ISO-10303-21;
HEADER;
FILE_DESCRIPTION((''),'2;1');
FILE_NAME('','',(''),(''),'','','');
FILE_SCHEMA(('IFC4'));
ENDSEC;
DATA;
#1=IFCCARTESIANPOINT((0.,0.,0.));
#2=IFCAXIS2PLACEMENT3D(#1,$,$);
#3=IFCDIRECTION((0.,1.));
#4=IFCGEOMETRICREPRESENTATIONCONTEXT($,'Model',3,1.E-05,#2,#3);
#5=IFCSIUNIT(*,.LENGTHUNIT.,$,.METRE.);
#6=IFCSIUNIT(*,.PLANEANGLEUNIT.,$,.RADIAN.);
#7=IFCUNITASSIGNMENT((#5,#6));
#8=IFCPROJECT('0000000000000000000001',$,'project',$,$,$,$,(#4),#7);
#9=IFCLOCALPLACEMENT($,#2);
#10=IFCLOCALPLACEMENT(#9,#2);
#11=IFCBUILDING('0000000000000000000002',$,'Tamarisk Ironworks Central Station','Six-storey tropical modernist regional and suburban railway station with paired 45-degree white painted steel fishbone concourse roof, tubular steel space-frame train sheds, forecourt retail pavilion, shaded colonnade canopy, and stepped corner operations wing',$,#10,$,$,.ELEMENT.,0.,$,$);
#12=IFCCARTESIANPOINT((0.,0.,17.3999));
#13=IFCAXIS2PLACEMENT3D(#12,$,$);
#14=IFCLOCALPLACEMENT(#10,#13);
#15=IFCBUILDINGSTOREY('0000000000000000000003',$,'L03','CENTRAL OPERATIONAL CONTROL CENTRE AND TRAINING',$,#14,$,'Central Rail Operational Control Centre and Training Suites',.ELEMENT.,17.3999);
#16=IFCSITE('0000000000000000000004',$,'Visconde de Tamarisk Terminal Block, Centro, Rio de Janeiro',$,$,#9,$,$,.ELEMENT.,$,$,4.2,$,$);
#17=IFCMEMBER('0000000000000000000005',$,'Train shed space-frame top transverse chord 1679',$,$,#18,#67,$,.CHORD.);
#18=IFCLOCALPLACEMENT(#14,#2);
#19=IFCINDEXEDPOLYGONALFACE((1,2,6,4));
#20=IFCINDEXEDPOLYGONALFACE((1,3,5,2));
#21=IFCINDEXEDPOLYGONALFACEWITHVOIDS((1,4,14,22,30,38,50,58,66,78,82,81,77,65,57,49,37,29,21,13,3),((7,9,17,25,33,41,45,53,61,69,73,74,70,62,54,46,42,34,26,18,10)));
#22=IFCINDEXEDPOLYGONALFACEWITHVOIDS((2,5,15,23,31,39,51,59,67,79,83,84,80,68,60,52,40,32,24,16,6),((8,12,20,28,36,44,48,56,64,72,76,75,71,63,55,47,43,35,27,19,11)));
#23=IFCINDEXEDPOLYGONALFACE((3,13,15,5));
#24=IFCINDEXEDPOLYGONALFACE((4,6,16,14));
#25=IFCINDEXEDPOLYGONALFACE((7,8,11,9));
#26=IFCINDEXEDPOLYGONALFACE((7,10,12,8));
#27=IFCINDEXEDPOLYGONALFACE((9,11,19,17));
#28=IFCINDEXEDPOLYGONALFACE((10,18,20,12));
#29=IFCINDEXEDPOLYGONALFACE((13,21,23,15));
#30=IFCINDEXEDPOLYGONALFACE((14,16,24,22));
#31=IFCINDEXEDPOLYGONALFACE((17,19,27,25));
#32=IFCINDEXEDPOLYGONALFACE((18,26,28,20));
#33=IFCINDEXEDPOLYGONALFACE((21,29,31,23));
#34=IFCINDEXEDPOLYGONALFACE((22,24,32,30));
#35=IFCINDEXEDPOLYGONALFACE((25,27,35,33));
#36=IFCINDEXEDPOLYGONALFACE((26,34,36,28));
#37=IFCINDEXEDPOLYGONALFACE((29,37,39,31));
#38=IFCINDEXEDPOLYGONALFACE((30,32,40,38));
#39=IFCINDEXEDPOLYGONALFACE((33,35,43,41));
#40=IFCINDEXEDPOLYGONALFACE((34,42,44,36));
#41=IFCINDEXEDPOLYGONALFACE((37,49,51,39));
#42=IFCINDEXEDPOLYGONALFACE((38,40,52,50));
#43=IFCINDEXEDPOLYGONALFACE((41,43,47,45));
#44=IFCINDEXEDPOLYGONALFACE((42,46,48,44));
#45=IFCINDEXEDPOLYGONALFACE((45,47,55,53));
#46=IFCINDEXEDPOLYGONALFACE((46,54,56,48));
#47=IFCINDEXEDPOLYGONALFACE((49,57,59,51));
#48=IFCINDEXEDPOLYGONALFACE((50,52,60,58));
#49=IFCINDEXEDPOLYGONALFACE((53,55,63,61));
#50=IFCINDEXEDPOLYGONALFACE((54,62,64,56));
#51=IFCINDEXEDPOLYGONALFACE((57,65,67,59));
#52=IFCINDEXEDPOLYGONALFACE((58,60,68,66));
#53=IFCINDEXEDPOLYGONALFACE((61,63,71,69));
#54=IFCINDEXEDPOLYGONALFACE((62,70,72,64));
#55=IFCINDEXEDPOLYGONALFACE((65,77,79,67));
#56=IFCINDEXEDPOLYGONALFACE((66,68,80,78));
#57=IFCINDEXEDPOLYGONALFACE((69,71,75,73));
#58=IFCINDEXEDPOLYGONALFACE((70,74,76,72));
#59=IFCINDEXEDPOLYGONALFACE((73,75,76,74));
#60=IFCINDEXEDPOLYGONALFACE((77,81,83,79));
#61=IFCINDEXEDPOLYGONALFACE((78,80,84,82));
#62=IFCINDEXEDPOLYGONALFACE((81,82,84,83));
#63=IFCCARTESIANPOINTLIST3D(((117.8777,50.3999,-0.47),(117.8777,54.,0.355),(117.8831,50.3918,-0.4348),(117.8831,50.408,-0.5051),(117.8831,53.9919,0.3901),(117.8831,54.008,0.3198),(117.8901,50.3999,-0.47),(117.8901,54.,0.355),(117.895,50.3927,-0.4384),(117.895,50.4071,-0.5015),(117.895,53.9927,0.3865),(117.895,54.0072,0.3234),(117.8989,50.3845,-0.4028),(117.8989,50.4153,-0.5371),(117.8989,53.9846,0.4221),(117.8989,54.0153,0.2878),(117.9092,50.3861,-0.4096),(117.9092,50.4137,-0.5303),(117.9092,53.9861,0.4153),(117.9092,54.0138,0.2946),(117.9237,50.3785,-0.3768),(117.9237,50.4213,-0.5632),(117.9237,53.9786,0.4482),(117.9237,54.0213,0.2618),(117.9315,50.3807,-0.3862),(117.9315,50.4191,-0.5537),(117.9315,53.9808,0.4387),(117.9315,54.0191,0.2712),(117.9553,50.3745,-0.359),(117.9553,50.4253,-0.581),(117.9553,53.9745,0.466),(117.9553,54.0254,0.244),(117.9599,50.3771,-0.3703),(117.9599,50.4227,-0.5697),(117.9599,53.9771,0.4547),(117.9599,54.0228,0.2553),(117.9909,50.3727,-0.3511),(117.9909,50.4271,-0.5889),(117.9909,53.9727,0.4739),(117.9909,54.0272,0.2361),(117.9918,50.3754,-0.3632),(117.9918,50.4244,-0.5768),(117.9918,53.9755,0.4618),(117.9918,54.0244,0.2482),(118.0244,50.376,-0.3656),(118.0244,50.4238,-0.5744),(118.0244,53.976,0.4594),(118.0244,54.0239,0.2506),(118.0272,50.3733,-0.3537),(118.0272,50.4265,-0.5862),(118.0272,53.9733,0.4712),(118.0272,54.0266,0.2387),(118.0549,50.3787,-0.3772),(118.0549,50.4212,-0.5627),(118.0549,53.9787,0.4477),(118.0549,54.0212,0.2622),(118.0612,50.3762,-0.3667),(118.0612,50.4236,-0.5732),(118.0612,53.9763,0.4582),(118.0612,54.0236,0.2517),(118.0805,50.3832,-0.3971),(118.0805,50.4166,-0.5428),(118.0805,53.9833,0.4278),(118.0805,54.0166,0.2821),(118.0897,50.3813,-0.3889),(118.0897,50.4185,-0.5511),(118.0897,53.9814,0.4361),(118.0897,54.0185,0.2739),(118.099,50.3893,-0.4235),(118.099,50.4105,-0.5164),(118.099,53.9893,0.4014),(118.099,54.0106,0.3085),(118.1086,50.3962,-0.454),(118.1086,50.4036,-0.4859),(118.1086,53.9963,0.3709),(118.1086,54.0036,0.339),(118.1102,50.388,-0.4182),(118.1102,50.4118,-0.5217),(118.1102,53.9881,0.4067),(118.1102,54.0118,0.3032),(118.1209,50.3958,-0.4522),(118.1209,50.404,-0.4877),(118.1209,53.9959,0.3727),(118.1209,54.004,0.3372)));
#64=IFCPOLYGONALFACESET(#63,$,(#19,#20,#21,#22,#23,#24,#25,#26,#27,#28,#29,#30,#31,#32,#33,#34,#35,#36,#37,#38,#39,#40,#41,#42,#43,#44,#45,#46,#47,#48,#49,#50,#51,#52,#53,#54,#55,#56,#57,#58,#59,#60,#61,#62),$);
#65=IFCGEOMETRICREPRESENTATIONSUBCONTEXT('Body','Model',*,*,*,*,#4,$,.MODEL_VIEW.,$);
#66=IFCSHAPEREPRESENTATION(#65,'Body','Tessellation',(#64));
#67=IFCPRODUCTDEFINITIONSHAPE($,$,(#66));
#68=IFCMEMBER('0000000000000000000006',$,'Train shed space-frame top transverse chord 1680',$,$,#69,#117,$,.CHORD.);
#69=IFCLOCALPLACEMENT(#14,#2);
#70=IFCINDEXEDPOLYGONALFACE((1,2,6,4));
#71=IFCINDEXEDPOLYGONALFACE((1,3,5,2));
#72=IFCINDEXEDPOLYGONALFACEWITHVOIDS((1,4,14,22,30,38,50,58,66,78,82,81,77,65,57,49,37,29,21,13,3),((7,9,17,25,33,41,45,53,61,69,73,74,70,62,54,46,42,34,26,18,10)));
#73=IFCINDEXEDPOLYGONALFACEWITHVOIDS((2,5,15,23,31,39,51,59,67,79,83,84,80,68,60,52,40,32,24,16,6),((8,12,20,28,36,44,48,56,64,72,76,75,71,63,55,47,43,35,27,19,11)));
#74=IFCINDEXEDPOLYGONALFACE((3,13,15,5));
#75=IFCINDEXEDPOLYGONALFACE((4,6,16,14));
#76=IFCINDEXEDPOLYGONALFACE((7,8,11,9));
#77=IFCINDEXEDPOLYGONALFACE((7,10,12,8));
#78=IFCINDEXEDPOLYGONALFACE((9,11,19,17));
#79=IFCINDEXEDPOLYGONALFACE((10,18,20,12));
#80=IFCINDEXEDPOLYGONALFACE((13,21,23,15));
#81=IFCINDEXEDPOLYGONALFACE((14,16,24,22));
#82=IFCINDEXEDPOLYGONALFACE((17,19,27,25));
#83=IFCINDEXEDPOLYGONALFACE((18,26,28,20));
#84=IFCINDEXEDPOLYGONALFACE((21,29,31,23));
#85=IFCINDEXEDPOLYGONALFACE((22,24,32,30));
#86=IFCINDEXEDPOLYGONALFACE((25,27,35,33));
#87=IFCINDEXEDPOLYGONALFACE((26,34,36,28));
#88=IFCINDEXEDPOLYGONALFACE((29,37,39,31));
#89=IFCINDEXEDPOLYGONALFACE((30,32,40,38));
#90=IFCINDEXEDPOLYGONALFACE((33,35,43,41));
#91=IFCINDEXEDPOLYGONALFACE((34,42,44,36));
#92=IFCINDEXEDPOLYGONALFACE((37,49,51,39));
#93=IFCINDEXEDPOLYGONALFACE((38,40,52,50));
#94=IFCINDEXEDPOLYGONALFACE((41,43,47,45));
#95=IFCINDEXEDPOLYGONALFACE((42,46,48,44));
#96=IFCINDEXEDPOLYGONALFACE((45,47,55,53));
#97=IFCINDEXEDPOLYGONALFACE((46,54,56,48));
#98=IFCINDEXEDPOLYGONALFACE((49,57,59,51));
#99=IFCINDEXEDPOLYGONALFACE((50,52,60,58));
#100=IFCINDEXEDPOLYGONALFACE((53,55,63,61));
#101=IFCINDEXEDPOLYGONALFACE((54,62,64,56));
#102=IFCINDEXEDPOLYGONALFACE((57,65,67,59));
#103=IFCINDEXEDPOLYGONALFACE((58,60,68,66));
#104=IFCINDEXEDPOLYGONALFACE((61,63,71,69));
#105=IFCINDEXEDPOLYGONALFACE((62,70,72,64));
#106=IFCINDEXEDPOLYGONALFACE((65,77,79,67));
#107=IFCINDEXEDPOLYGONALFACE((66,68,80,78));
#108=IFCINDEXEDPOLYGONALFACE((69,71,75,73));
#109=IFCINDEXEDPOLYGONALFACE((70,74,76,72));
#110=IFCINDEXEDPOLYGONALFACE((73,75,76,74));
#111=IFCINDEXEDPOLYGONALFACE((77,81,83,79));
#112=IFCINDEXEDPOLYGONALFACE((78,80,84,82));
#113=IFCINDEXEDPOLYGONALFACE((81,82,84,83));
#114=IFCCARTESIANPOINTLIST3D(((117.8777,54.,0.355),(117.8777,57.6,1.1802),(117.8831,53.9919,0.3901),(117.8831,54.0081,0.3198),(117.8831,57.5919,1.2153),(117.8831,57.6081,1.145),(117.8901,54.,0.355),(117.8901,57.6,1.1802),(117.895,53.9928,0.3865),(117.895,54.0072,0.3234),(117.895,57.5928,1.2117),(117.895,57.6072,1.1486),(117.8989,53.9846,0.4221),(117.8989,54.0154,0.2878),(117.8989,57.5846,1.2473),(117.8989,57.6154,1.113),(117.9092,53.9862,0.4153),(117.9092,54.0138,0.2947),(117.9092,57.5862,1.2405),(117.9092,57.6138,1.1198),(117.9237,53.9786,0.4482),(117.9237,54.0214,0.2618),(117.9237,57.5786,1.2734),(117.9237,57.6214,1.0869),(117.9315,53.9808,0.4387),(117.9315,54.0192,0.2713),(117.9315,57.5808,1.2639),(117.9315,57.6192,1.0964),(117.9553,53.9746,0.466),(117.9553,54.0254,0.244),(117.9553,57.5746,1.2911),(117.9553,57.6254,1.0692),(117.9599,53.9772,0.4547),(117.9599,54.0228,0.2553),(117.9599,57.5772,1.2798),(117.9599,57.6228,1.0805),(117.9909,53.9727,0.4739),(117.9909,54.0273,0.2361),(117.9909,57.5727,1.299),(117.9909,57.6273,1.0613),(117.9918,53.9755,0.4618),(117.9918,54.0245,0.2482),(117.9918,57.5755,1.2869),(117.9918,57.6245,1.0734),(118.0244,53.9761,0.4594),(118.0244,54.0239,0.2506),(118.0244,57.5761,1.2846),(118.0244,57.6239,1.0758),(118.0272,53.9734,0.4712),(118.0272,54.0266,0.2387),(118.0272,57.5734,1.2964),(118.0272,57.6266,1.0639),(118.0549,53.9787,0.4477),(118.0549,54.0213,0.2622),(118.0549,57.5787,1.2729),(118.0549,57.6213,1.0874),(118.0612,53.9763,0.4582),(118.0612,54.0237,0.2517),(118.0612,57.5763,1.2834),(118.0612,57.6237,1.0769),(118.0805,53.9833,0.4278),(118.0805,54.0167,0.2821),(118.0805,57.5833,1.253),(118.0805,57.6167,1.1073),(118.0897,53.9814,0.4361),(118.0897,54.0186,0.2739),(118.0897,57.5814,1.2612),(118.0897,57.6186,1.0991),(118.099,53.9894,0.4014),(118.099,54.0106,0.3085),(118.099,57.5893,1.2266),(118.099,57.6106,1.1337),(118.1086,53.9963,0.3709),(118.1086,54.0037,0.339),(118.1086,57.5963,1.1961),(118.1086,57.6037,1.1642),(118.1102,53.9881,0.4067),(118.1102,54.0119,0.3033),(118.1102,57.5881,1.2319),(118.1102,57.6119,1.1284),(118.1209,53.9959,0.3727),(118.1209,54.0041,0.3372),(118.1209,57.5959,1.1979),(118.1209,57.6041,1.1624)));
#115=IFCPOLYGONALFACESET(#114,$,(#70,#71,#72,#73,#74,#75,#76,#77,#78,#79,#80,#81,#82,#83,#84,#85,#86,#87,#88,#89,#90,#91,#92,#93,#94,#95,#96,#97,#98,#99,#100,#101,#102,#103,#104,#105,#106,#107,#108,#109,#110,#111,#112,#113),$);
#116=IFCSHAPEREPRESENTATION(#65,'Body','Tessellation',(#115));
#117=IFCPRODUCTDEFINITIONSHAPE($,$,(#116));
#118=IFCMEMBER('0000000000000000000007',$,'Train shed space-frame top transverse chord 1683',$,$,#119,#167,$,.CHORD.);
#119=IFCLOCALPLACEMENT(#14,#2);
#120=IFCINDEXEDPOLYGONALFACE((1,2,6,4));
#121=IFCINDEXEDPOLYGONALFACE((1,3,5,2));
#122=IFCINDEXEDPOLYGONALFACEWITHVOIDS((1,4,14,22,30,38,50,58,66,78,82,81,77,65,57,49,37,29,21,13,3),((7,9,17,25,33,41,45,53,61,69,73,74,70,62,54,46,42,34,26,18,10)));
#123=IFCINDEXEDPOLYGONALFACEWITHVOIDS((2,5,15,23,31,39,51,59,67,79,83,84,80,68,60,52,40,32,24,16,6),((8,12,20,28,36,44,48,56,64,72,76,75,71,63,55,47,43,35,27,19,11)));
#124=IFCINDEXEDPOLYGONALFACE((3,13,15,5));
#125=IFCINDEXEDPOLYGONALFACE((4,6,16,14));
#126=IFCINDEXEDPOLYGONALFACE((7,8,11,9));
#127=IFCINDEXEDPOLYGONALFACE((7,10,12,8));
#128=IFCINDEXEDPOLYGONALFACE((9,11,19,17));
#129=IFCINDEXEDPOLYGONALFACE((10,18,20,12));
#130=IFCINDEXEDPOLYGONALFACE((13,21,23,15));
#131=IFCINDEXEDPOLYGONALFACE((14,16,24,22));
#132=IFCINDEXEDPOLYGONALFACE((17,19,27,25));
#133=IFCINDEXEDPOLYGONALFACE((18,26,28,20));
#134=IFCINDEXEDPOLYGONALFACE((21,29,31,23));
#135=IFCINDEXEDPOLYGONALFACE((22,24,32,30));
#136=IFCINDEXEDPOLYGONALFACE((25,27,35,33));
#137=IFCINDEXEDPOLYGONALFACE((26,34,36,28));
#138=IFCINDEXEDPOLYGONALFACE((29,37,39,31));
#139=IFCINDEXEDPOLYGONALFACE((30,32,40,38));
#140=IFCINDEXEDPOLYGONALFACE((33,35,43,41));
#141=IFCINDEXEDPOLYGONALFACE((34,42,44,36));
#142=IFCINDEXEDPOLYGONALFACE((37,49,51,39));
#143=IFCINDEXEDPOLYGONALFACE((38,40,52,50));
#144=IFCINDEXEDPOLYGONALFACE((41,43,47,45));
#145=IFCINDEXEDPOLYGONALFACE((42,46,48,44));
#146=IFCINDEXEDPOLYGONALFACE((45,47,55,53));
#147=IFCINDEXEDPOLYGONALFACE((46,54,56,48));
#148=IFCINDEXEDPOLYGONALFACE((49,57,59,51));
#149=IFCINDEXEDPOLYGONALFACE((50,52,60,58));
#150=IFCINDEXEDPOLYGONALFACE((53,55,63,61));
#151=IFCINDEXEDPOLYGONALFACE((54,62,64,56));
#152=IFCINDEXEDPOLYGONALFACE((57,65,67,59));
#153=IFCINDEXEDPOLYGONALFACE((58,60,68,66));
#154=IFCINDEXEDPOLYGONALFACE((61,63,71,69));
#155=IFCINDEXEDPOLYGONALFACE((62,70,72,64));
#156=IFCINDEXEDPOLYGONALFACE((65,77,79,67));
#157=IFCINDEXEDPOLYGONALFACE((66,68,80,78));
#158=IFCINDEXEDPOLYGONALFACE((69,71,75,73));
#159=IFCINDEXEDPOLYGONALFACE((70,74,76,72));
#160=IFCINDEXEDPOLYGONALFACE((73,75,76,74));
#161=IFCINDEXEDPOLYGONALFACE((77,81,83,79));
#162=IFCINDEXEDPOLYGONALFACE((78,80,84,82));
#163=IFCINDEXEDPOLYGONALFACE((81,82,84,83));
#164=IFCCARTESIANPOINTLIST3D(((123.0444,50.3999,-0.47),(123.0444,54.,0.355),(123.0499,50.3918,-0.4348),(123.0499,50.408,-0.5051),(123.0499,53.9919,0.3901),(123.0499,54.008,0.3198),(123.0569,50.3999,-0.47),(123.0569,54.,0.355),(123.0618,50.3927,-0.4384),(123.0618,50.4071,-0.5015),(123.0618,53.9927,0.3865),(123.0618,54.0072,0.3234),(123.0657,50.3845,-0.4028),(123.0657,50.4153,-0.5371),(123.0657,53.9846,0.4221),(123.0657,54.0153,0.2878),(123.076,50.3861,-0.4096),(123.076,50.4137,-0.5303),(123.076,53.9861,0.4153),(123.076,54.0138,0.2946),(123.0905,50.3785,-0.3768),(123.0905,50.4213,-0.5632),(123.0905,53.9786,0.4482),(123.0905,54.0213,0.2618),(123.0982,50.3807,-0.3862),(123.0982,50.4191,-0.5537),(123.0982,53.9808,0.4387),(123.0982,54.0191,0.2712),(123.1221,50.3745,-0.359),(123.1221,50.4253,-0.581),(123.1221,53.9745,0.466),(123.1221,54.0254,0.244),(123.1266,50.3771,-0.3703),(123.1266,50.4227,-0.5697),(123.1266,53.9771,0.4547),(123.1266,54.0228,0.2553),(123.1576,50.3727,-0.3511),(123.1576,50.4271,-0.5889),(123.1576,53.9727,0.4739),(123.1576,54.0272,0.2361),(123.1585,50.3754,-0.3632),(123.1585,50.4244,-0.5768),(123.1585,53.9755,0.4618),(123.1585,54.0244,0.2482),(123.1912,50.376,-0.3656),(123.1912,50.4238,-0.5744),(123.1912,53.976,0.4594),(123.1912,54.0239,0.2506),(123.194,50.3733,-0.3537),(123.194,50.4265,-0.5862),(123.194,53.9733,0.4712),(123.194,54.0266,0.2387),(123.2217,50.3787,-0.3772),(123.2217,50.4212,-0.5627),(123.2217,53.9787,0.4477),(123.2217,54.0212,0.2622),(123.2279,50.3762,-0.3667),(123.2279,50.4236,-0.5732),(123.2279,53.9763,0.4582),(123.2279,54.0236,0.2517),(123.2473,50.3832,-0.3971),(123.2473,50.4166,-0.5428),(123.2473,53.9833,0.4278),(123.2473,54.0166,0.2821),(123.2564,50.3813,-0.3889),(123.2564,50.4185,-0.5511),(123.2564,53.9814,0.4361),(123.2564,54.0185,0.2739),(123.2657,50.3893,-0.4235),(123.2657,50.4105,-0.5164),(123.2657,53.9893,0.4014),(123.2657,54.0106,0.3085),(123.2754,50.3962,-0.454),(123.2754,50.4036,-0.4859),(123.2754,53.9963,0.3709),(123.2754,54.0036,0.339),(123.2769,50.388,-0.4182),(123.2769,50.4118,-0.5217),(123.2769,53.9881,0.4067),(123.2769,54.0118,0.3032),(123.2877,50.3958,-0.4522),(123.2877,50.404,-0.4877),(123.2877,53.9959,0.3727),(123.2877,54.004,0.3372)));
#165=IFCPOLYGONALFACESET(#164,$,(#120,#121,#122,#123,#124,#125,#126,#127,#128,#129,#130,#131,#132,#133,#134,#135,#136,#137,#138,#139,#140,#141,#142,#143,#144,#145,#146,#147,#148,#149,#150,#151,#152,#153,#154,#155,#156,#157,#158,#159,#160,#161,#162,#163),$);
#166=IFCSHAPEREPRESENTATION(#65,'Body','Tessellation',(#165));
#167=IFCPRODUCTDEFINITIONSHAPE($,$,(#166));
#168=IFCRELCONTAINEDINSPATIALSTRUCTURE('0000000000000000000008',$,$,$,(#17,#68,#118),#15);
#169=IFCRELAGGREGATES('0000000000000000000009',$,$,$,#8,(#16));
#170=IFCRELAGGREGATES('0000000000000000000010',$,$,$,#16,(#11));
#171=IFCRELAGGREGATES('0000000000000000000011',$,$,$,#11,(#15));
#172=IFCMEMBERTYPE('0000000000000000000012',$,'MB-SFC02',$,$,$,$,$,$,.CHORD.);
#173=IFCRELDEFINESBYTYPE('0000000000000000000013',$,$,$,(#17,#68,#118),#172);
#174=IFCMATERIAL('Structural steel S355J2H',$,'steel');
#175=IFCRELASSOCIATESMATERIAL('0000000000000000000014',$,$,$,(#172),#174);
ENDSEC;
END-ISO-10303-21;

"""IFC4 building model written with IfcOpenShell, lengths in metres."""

from ifc_helpers import new_model, si_unit, direction, frame, origin, origin_2d, place, context, subcontext, project, spatial, hollow_circle, extrude, material, material_profile, profile_set, type_object, element, save


model = new_model("IFC4")

# Units and contexts
model_context = context("Model", 3, precision=1e-05, world=origin(), true_north=direction((0.0, 1.0)))
body_context = subcontext(model_context, "Body", "Model", "MODEL_VIEW")
ifc_project = project(units=[si_unit("LENGTHUNIT", "METRE"), si_unit("PLANEANGLEUNIT", "RADIAN")], contexts=[model_context])

# Site, building, storey
site_placement = place(None, origin())
site = spatial("IfcSite", under=ifc_project, at=site_placement, Name="Visconde de Tamarisk Terminal Block, Centro, Rio de Janeiro", CompositionType="ELEMENT", RefElevation=4.2)
building_placement = place(site_placement, origin())
building = spatial("IfcBuilding", under=site, at=building_placement, Name="Tamarisk Ironworks Central Station", Description="Six-storey tropical modernist regional and suburban railway station with paired 45-degree white painted steel fishbone concourse roof, tubular steel space-frame train sheds, forecourt retail pavilion, shaded colonnade canopy, and stepped corner operations wing", CompositionType="ELEMENT", ElevationOfRefHeight=0.0)
storey_placement = place(building_placement, frame((0.0, 0.0, 17.3999)))
storey = spatial("IfcBuildingStorey", under=building, at=storey_placement, Name="L03", Description="CENTRAL OPERATIONAL CONTROL CENTRE AND TRAINING", LongName="Central Rail Operational Control Centre and Training Suites", CompositionType="ELEMENT", Elevation=17.3999)

# Members
ifc_material_1 = material(Name="Structural steel S355J2H", Category="steel")
ifc_material_profile_1 = material_profile(ifc_material_1, hollow_circle(Radius=0.1223, WallThickness=0.0125, at=origin_2d()), Name="CHS 244.5x12.5")
ifc_profile_set_1 = profile_set([ifc_material_profile_1], Name="Structural steel S355J2H")
member_type_1 = type_object("IfcMemberType", Name="MB-SFC02", PredefinedType="CHORD", material=ifc_profile_set_1)
for number, where, z_axis, x_axis, name in (
    (1, (118.0, 50.3999, -0.47), (0.0, 0.974737, 0.223358), (-1.0, 0.0, 0.0), "Train shed space-frame top transverse chord 1679"),
    (2, (118.0, 54.0, 0.355), (0.0, 0.974722, 0.223421), (-1.0, 0.0, 0.0), "Train shed space-frame top transverse chord 1680"),
    (3, (123.1667, 50.3999, -0.47), (0.0, 0.974737, 0.223358), (-1.0, 0.0, 0.0), "Train shed space-frame top transverse chord 1683"),
):
    element("IfcMember", number, at=place(storey_placement, frame(where, z_axis=z_axis, x_axis=x_axis)), inside=storey, type_object=member_type_1, Name=name, PredefinedType="CHORD", context=body_context, shape_type="SweptSolid", body=[
        extrude(hollow_circle(Radius=0.1223, WallThickness=0.0125, at=origin_2d()), origin(), (0.0, 0.0, 1.0), 3.6934),
    ])

save(model, "model.ifc")
